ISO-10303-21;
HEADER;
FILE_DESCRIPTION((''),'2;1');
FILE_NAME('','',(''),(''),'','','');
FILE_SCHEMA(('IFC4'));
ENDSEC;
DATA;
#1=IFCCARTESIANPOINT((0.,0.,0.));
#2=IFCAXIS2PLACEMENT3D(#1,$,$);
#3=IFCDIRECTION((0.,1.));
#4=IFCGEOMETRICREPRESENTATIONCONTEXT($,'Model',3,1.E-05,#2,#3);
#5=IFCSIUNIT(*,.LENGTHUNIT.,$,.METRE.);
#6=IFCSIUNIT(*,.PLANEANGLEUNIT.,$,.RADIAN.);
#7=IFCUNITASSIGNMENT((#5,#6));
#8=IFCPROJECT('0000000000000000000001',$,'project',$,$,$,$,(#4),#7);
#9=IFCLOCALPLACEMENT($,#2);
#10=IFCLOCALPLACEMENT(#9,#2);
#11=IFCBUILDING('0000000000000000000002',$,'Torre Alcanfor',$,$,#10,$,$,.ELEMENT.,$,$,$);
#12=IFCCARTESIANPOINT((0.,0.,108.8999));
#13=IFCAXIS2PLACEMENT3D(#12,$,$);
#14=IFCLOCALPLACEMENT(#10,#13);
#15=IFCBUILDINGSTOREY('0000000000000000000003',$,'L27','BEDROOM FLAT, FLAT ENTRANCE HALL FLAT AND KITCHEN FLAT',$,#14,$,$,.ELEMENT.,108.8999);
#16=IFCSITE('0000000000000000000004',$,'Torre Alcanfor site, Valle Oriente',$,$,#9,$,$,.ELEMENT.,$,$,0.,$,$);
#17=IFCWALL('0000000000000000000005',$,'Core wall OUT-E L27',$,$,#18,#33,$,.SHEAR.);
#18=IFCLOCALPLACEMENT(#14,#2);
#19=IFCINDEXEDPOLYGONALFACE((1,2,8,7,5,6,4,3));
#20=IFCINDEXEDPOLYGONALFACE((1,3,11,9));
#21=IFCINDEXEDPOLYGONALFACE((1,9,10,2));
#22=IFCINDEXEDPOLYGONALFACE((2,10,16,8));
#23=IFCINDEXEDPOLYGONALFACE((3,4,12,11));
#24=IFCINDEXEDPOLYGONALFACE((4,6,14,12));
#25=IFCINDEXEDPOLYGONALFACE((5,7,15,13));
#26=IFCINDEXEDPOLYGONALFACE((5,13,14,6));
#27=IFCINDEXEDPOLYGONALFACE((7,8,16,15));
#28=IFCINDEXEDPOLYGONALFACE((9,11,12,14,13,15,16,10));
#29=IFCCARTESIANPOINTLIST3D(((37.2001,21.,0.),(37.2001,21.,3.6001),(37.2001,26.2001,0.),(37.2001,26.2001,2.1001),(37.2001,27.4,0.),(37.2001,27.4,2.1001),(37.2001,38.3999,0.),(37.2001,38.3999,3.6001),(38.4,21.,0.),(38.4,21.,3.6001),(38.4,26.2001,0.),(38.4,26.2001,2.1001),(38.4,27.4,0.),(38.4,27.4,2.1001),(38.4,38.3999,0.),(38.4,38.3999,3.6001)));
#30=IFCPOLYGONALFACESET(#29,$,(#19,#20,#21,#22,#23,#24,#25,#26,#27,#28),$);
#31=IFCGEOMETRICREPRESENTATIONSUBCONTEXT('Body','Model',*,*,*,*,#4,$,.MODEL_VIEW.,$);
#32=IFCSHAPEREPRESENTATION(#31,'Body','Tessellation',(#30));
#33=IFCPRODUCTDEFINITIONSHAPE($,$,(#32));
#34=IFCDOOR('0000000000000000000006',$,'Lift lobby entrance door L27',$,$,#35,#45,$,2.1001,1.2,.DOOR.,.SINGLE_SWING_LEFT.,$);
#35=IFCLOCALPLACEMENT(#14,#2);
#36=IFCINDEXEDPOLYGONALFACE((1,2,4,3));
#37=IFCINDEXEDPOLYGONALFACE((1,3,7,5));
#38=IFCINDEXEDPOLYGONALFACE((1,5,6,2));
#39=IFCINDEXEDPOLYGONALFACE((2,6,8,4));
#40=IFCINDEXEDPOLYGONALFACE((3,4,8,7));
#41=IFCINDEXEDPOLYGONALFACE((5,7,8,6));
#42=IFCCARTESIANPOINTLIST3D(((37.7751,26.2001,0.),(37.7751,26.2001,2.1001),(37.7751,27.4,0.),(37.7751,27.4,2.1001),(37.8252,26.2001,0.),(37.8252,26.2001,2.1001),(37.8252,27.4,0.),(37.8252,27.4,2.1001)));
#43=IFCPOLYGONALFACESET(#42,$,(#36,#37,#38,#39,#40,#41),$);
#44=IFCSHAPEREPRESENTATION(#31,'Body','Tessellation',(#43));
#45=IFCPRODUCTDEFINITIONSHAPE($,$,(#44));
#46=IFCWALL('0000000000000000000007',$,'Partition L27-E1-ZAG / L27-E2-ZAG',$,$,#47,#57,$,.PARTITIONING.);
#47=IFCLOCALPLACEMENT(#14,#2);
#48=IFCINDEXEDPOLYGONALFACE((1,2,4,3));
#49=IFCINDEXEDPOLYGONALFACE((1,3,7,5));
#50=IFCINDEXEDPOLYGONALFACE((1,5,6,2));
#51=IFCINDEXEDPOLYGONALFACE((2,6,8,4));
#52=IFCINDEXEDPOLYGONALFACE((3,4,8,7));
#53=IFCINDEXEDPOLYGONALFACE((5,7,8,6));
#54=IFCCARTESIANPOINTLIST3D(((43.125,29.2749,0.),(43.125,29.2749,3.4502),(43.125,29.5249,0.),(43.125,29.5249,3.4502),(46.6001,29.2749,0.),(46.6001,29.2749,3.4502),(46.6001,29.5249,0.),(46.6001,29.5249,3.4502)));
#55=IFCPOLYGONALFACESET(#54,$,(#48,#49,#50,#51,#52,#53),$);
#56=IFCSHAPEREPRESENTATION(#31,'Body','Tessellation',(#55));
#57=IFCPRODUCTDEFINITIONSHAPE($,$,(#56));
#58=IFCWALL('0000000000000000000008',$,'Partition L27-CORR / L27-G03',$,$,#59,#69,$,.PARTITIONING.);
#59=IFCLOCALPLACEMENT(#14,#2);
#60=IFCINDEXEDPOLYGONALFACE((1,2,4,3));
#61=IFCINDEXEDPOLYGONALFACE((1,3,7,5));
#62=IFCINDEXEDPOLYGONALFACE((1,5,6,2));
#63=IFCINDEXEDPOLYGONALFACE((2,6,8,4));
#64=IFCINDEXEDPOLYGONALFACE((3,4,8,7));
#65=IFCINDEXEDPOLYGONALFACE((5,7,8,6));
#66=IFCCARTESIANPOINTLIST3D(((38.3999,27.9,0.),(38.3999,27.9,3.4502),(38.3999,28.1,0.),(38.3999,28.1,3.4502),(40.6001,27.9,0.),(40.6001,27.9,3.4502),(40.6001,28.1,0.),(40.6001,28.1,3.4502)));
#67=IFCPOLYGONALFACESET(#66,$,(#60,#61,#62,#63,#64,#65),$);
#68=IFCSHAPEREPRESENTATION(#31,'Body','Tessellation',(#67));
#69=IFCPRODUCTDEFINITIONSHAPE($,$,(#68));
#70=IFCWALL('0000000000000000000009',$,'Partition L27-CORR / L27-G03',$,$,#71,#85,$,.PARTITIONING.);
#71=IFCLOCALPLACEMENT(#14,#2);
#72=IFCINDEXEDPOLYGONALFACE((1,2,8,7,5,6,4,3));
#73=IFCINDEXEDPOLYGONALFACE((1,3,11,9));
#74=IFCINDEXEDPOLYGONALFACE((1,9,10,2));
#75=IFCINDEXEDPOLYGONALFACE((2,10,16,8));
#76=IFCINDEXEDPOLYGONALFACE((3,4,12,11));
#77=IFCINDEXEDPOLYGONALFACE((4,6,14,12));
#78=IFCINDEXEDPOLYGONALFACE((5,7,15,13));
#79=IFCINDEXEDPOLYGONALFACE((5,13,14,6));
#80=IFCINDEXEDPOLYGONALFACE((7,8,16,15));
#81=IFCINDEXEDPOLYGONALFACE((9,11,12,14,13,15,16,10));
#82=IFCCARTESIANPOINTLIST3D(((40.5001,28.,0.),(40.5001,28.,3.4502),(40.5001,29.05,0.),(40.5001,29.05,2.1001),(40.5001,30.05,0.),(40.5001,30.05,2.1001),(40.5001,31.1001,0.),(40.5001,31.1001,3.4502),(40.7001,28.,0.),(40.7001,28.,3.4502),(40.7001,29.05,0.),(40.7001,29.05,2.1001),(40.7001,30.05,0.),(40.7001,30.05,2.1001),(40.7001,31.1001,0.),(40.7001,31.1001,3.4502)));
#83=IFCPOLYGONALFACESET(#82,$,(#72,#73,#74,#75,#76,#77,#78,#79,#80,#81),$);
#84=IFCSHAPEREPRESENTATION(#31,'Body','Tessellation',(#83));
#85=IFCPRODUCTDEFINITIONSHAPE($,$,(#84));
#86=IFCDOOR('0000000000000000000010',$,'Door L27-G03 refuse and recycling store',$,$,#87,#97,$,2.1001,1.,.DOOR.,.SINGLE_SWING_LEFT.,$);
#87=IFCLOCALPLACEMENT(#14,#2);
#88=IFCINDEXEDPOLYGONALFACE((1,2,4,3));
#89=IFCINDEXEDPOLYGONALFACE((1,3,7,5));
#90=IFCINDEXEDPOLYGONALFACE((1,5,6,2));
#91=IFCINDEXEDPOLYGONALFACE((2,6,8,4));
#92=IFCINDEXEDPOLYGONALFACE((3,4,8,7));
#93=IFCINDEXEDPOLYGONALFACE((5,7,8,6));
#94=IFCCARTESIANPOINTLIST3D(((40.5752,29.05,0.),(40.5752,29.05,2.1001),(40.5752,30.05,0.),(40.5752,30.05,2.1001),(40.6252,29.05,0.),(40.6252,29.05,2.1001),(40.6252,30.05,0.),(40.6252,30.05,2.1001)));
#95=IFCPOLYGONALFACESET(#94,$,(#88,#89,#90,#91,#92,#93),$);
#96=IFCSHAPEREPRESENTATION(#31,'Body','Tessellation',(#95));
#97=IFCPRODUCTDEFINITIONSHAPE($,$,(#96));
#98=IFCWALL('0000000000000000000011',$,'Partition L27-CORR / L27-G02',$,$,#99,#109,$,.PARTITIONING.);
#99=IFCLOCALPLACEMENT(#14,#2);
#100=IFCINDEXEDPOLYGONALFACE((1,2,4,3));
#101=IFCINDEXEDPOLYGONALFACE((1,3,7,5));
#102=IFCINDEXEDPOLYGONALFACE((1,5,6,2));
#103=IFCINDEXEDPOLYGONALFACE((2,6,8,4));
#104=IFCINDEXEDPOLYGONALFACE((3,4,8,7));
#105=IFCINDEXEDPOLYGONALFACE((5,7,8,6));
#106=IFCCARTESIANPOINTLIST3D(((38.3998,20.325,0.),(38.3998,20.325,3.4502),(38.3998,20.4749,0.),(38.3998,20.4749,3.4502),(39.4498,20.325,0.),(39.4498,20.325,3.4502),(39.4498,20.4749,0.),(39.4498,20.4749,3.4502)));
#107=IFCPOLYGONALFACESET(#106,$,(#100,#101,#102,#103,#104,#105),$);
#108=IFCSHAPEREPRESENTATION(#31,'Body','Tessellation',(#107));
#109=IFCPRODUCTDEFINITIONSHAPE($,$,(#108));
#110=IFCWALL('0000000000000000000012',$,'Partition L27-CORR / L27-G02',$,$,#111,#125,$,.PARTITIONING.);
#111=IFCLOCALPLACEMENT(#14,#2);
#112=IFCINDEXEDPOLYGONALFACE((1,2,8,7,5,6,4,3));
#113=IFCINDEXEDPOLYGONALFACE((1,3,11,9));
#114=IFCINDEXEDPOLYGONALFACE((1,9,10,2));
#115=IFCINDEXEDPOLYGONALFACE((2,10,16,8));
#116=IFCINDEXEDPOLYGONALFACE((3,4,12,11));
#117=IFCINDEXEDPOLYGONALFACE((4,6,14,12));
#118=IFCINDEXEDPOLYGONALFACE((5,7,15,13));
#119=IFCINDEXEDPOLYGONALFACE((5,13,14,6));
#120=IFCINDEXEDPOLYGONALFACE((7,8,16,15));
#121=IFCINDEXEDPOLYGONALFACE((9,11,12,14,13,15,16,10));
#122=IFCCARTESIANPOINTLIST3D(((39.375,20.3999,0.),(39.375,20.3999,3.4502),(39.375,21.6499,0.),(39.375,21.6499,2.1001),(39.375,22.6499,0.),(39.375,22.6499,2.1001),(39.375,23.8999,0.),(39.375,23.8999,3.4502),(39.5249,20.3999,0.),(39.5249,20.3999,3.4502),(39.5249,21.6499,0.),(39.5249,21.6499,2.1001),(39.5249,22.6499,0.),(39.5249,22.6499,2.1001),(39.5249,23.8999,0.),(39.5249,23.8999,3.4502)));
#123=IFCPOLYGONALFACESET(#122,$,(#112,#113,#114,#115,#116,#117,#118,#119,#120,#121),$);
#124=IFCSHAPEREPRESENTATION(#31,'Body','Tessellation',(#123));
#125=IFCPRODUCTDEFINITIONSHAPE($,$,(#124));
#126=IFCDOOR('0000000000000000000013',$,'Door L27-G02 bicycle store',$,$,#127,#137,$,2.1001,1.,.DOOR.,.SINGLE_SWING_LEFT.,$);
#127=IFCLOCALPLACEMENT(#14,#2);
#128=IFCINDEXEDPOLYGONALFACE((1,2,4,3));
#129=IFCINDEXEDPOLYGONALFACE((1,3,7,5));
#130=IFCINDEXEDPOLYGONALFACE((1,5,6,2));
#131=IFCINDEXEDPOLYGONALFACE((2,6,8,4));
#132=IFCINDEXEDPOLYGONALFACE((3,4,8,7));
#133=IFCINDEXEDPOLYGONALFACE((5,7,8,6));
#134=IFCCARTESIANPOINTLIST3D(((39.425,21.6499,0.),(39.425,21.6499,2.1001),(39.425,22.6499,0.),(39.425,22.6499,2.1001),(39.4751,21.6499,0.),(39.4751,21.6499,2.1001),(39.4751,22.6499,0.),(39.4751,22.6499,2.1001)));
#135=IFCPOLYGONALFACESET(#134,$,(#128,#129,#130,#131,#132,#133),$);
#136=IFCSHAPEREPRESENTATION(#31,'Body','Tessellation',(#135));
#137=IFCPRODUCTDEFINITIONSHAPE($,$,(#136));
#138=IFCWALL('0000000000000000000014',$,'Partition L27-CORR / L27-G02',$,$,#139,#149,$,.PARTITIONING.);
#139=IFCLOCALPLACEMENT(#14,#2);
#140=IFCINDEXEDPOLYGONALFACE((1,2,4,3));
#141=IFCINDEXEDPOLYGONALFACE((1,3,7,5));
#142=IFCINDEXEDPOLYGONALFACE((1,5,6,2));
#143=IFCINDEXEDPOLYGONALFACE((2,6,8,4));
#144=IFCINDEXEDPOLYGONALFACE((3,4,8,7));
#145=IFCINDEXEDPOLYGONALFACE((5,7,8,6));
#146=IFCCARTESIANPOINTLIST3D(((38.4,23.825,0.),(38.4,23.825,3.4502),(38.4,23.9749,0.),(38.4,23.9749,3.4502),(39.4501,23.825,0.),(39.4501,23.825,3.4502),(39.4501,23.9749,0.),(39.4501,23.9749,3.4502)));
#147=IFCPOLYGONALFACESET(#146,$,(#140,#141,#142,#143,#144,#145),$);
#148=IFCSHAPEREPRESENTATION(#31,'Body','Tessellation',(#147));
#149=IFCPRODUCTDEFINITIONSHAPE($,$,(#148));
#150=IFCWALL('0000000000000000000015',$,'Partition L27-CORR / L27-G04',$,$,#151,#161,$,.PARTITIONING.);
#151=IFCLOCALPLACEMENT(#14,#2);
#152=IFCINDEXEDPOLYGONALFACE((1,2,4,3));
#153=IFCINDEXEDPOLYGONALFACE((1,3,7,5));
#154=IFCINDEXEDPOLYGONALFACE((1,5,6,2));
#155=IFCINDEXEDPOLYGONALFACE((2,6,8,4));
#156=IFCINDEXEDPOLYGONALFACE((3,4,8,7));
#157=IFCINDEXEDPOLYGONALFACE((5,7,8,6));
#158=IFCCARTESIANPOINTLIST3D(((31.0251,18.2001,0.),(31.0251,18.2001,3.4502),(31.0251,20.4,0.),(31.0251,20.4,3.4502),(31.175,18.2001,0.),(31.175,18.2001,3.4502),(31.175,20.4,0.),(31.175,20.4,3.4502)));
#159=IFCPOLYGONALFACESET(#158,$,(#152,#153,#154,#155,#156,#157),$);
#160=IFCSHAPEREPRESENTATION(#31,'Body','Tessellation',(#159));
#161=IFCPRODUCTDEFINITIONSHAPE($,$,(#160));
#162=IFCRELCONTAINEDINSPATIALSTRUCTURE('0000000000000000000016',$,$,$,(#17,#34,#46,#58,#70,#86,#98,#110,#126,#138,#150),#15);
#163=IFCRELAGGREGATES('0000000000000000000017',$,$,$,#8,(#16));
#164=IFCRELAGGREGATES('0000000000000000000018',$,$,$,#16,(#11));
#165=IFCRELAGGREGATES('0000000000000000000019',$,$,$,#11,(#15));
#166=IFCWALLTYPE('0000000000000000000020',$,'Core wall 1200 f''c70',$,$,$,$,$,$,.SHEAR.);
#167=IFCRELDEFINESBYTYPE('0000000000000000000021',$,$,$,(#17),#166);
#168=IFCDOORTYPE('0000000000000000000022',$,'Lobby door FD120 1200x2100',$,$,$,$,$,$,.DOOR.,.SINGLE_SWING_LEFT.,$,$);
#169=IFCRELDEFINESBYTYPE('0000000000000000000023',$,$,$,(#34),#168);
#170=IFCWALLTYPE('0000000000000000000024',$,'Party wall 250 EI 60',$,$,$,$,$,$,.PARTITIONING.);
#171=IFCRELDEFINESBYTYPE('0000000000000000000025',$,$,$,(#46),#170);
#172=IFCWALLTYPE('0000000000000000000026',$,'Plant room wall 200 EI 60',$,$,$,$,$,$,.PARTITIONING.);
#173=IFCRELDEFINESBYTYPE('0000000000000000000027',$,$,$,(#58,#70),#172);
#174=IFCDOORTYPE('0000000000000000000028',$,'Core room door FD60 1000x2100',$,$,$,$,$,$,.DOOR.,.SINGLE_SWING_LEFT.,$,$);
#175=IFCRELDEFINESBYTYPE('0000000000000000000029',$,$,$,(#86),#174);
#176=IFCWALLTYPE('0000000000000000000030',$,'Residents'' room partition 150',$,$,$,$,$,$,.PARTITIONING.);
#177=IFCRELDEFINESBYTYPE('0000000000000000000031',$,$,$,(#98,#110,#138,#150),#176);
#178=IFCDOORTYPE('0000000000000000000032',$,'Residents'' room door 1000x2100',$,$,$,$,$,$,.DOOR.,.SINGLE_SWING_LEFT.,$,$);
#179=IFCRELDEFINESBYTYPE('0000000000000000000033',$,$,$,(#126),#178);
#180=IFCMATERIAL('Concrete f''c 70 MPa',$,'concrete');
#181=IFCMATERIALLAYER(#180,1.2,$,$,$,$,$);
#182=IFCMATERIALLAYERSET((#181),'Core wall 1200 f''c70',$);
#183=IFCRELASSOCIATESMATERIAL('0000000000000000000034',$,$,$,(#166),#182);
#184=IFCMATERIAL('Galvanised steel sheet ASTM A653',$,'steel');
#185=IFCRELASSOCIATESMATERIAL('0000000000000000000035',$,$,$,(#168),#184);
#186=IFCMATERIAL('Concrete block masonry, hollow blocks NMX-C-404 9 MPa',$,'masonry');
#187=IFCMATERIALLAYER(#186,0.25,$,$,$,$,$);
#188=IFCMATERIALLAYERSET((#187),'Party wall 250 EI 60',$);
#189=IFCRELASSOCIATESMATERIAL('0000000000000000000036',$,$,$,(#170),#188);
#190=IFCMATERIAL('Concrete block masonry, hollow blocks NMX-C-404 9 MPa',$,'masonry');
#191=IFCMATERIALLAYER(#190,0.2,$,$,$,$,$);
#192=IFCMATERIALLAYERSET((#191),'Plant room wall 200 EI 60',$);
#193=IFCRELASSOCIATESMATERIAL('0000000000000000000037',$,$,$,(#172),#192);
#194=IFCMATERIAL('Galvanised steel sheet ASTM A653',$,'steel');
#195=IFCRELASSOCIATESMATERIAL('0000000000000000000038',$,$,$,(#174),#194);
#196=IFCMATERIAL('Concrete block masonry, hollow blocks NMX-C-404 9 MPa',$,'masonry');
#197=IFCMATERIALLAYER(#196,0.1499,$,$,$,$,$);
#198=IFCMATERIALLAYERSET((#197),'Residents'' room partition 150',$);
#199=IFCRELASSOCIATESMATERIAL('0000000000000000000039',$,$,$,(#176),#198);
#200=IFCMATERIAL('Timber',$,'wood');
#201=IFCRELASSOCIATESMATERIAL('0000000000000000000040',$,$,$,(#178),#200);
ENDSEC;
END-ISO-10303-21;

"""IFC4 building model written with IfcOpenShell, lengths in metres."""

from ifc_helpers import new_model, si_unit, direction, frame, frame_2d, origin, place, context, subcontext, project, spatial, rectangle, extrude, material, layer, layer_set, type_object, element, fill, save


model = new_model("IFC4")

# Units and contexts
model_context = context("Model", 3, precision=1e-05, world=origin(), true_north=direction((0.0, 1.0)))
body_context = subcontext(model_context, "Body", "Model", "MODEL_VIEW")
ifc_project = project(units=[si_unit("LENGTHUNIT", "METRE"), si_unit("PLANEANGLEUNIT", "RADIAN")], contexts=[model_context])

# Site, building, storey
site_placement = place(None, origin())
site = spatial("IfcSite", under=ifc_project, at=site_placement, Name="Torre Alcanfor site, Valle Oriente", CompositionType="ELEMENT", RefElevation=0.0)
building_placement = place(site_placement, origin())
building = spatial("IfcBuilding", under=site, at=building_placement, Name="Torre Alcanfor", CompositionType="ELEMENT")
storey_placement = place(building_placement, frame((0.0, 0.0, 108.8999)))
storey = spatial("IfcBuildingStorey", under=building, at=storey_placement, Name="L27", Description="BEDROOM FLAT, FLAT ENTRANCE HALL FLAT AND KITCHEN FLAT", CompositionType="ELEMENT", Elevation=108.8999)

# Wall, opening, door
ifc_material_1 = material(Name="Concrete f'c 70 MPa", Category="concrete")
ifc_layer_1 = layer(ifc_material_1, 1.2)
ifc_layer_set_1 = layer_set([ifc_layer_1], Name="Core wall 1200 f'c70")
wall_type_1 = type_object("IfcWallType", Name="Core wall 1200 f'c70", PredefinedType="SHEAR", material=ifc_layer_set_1)
wall_1_placement = place(storey_placement, frame((37.8, 21.0, 0.0), z_axis=(0.0, 0.0, 1.0), x_axis=(0.0, 1.0, 0.0)))
wall_1 = element("IfcWall", 1, at=wall_1_placement, inside=storey, type_object=wall_type_1, Name="Core wall OUT-E L27", PredefinedType="SHEAR", context=body_context, shape_type="SweptSolid", body=[
    extrude(rectangle(XDim=17.3999, YDim=1.2, at=frame_2d((8.7, 0.0))), origin(), (0.0, 0.0, 1.0), 3.6001),
])
opening_1_placement = place(wall_1_placement, frame((5.2, 0.0, 0.0)))
opening_1 = element("IfcOpeningElement", 2, at=opening_1_placement, cuts=wall_1, PredefinedType="OPENING", context=body_context, shape_type="SweptSolid", body=[
    extrude(rectangle(XDim=1.2, YDim=2.1001, at=frame_2d((0.6001, 1.05))), frame((0.0, 0.6099, 0.0), z_axis=(0.0, -1.0, 0.0), x_axis=(1.0, 0.0, 0.0)), (0.0, 0.0, 1.0), 1.22),
])
ifc_material_2 = material(Name="Galvanised steel sheet ASTM A653", Category="steel")
door_type_1 = type_object("IfcDoorType", Name="Lobby door FD120 1200x2100", OperationType="SINGLE_SWING_LEFT", PredefinedType="DOOR", material=ifc_material_2)
door_1_placement = place(opening_1_placement, origin())
door_1 = element("IfcDoor", 3, at=door_1_placement, inside=storey, type_object=door_type_1, Name="Lift lobby entrance door L27", OperationType="SINGLE_SWING_LEFT", OverallHeight=2.1001, OverallWidth=1.2, PredefinedType="DOOR", context=body_context, shape_type="SweptSolid", body=[
    extrude(rectangle(XDim=1.2, YDim=2.1001, at=frame_2d((0.6001, 1.05))), frame((0.0, 0.0249, 0.0), z_axis=(0.0, -1.0, 0.0), x_axis=(1.0, 0.0, 0.0)), (0.0, 0.0, 1.0), 0.05),
])
fill(opening_1, door_1)

# Walls
ifc_material_3 = material(Name="Concrete block masonry, hollow blocks NMX-C-404 9 MPa", Category="masonry")
ifc_layer_2 = layer(ifc_material_3, 0.25)
ifc_layer_set_2 = layer_set([ifc_layer_2], Name="Party wall 250 EI 60")
wall_type_2 = type_object("IfcWallType", Name="Party wall 250 EI 60", PredefinedType="PARTITIONING", material=ifc_layer_set_2)
wall_2_placement = place(storey_placement, frame((43.125, 29.3999, 0.0), z_axis=(0.0, 0.0, 1.0), x_axis=(1.0, 0.0, 0.0)))
element("IfcWall", 4, at=wall_2_placement, inside=storey, type_object=wall_type_2, Name="Partition L27-E1-ZAG / L27-E2-ZAG", PredefinedType="PARTITIONING", context=body_context, shape_type="SweptSolid", body=[
    extrude(rectangle(XDim=3.4751, YDim=0.25, at=frame_2d((1.7375, 0.0))), origin(), (0.0, 0.0, 1.0), 3.4502),
])
ifc_material_4 = material(Name="Concrete block masonry, hollow blocks NMX-C-404 9 MPa", Category="masonry")
ifc_layer_3 = layer(ifc_material_4, 0.2)
ifc_layer_set_3 = layer_set([ifc_layer_3], Name="Plant room wall 200 EI 60")
wall_type_3 = type_object("IfcWallType", Name="Plant room wall 200 EI 60", PredefinedType="PARTITIONING", material=ifc_layer_set_3)
wall_3_placement = place(storey_placement, frame((38.3999, 28.0, 0.0), z_axis=(0.0, 0.0, 1.0), x_axis=(1.0, 0.0, 0.0)))
element("IfcWall", 5, at=wall_3_placement, inside=storey, type_object=wall_type_3, Name="Partition L27-CORR / L27-G03", PredefinedType="PARTITIONING", context=body_context, shape_type="SweptSolid", body=[
    extrude(rectangle(XDim=2.2002, YDim=0.2, at=frame_2d((1.1001, 0.0))), origin(), (0.0, 0.0, 1.0), 3.4502),
])

# Wall, opening, door
wall_4_placement = place(storey_placement, frame((40.6001, 28.0, 0.0), z_axis=(0.0, 0.0, 1.0), x_axis=(0.0, 1.0, 0.0)))
wall_4 = element("IfcWall", 6, at=wall_4_placement, inside=storey, type_object=wall_type_3, Name="Partition L27-CORR / L27-G03", PredefinedType="PARTITIONING", context=body_context, shape_type="SweptSolid", body=[
    extrude(rectangle(XDim=3.1001, YDim=0.2, at=frame_2d((1.55, 0.0))), origin(), (0.0, 0.0, 1.0), 3.4502),
])
opening_2_placement = place(wall_4_placement, frame((1.05, 0.0, 0.0)))
opening_2 = element("IfcOpeningElement", 7, at=opening_2_placement, cuts=wall_4, PredefinedType="OPENING", context=body_context, shape_type="SweptSolid", body=[
    extrude(rectangle(XDim=1.0, YDim=2.1001, at=frame_2d((0.5, 1.05))), frame((0.0, 0.1099, 0.0), z_axis=(0.0, -1.0, 0.0), x_axis=(1.0, 0.0, 0.0)), (0.0, 0.0, 1.0), 0.22),
])
ifc_material_5 = material(Name="Galvanised steel sheet ASTM A653", Category="steel")
door_type_2 = type_object("IfcDoorType", Name="Core room door FD60 1000x2100", OperationType="SINGLE_SWING_LEFT", PredefinedType="DOOR", material=ifc_material_5)
door_2_placement = place(opening_2_placement, origin())
door_2 = element("IfcDoor", 8, at=door_2_placement, inside=storey, type_object=door_type_2, Name="Door L27-G03 refuse and recycling store", OperationType="SINGLE_SWING_LEFT", OverallHeight=2.1001, OverallWidth=1.0, PredefinedType="DOOR", context=body_context, shape_type="SweptSolid", body=[
    extrude(rectangle(XDim=1.0, YDim=2.1001, at=frame_2d((0.5, 1.05))), frame((0.0, 0.0249, 0.0), z_axis=(0.0, -1.0, 0.0), x_axis=(1.0, 0.0, 0.0)), (0.0, 0.0, 1.0), 0.05),
])
fill(opening_2, door_2)

# Wall
ifc_material_6 = material(Name="Concrete block masonry, hollow blocks NMX-C-404 9 MPa", Category="masonry")
ifc_layer_4 = layer(ifc_material_6, 0.1499)
ifc_layer_set_4 = layer_set([ifc_layer_4], Name="Residents' room partition 150")
wall_type_4 = type_object("IfcWallType", Name="Residents' room partition 150", PredefinedType="PARTITIONING", material=ifc_layer_set_4)
wall_5_placement = place(storey_placement, frame((38.3999, 20.3999, 0.0), z_axis=(0.0, 0.0, 1.0), x_axis=(1.0, 0.0, 0.0)))
element("IfcWall", 9, at=wall_5_placement, inside=storey, type_object=wall_type_4, Name="Partition L27-CORR / L27-G02", PredefinedType="PARTITIONING", context=body_context, shape_type="SweptSolid", body=[
    extrude(rectangle(XDim=1.05, YDim=0.1499, at=frame_2d((0.5249, 0.0))), origin(), (0.0, 0.0, 1.0), 3.4502),
])

# Wall, opening, door
wall_6_placement = place(storey_placement, frame((39.45, 20.3999, 0.0), z_axis=(0.0, 0.0, 1.0), x_axis=(0.0, 1.0, 0.0)))
wall_6 = element("IfcWall", 10, at=wall_6_placement, inside=storey, type_object=wall_type_4, Name="Partition L27-CORR / L27-G02", PredefinedType="PARTITIONING", context=body_context, shape_type="SweptSolid", body=[
    extrude(rectangle(XDim=3.5, YDim=0.1499, at=frame_2d((1.75, 0.0))), origin(), (0.0, 0.0, 1.0), 3.4502),
])
opening_3_placement = place(wall_6_placement, frame((1.25, 0.0, 0.0)))
opening_3 = element("IfcOpeningElement", 11, at=opening_3_placement, cuts=wall_6, PredefinedType="OPENING", context=body_context, shape_type="SweptSolid", body=[
    extrude(rectangle(XDim=1.0, YDim=2.1001, at=frame_2d((0.5, 1.05))), frame((0.0, 0.085, 0.0), z_axis=(0.0, -1.0, 0.0), x_axis=(1.0, 0.0, 0.0)), (0.0, 0.0, 1.0), 0.1699),
])
ifc_material_7 = material(Name="Timber", Category="wood")
door_type_3 = type_object("IfcDoorType", Name="Residents' room door 1000x2100", OperationType="SINGLE_SWING_LEFT", PredefinedType="DOOR", material=ifc_material_7)
door_3_placement = place(opening_3_placement, origin())
door_3 = element("IfcDoor", 12, at=door_3_placement, inside=storey, type_object=door_type_3, Name="Door L27-G02 bicycle store", OperationType="SINGLE_SWING_LEFT", OverallHeight=2.1001, OverallWidth=1.0, PredefinedType="DOOR", context=body_context, shape_type="SweptSolid", body=[
    extrude(rectangle(XDim=1.0, YDim=2.1001, at=frame_2d((0.5, 1.05))), frame((0.0, 0.0249, 0.0), z_axis=(0.0, -1.0, 0.0), x_axis=(1.0, 0.0, 0.0)), (0.0, 0.0, 1.0), 0.05),
])
fill(opening_3, door_3)

# Walls
wall_7_placement = place(storey_placement, frame((39.45, 23.8999, 0.0), z_axis=(0.0, 0.0, 1.0), x_axis=(-1.0, 0.0, 0.0)))
element("IfcWall", 13, at=wall_7_placement, inside=storey, type_object=wall_type_4, Name="Partition L27-CORR / L27-G02", PredefinedType="PARTITIONING", context=body_context, shape_type="SweptSolid", body=[
    extrude(rectangle(XDim=1.05, YDim=0.1499, at=frame_2d((0.5249, 0.0))), origin(), (0.0, 0.0, 1.0), 3.4502),
])
wall_8_placement = place(storey_placement, frame((31.1001, 18.2, 0.0), z_axis=(0.0, 0.0, 1.0), x_axis=(0.0, 1.0, 0.0)))
element("IfcWall", 14, at=wall_8_placement, inside=storey, type_object=wall_type_4, Name="Partition L27-CORR / L27-G04", PredefinedType="PARTITIONING", context=body_context, shape_type="SweptSolid", body=[
    extrude(rectangle(XDim=2.2, YDim=0.1499, at=frame_2d((1.1001, 0.0))), origin(), (0.0, 0.0, 1.0), 3.4502),
])

save(model, "model.ifc")
